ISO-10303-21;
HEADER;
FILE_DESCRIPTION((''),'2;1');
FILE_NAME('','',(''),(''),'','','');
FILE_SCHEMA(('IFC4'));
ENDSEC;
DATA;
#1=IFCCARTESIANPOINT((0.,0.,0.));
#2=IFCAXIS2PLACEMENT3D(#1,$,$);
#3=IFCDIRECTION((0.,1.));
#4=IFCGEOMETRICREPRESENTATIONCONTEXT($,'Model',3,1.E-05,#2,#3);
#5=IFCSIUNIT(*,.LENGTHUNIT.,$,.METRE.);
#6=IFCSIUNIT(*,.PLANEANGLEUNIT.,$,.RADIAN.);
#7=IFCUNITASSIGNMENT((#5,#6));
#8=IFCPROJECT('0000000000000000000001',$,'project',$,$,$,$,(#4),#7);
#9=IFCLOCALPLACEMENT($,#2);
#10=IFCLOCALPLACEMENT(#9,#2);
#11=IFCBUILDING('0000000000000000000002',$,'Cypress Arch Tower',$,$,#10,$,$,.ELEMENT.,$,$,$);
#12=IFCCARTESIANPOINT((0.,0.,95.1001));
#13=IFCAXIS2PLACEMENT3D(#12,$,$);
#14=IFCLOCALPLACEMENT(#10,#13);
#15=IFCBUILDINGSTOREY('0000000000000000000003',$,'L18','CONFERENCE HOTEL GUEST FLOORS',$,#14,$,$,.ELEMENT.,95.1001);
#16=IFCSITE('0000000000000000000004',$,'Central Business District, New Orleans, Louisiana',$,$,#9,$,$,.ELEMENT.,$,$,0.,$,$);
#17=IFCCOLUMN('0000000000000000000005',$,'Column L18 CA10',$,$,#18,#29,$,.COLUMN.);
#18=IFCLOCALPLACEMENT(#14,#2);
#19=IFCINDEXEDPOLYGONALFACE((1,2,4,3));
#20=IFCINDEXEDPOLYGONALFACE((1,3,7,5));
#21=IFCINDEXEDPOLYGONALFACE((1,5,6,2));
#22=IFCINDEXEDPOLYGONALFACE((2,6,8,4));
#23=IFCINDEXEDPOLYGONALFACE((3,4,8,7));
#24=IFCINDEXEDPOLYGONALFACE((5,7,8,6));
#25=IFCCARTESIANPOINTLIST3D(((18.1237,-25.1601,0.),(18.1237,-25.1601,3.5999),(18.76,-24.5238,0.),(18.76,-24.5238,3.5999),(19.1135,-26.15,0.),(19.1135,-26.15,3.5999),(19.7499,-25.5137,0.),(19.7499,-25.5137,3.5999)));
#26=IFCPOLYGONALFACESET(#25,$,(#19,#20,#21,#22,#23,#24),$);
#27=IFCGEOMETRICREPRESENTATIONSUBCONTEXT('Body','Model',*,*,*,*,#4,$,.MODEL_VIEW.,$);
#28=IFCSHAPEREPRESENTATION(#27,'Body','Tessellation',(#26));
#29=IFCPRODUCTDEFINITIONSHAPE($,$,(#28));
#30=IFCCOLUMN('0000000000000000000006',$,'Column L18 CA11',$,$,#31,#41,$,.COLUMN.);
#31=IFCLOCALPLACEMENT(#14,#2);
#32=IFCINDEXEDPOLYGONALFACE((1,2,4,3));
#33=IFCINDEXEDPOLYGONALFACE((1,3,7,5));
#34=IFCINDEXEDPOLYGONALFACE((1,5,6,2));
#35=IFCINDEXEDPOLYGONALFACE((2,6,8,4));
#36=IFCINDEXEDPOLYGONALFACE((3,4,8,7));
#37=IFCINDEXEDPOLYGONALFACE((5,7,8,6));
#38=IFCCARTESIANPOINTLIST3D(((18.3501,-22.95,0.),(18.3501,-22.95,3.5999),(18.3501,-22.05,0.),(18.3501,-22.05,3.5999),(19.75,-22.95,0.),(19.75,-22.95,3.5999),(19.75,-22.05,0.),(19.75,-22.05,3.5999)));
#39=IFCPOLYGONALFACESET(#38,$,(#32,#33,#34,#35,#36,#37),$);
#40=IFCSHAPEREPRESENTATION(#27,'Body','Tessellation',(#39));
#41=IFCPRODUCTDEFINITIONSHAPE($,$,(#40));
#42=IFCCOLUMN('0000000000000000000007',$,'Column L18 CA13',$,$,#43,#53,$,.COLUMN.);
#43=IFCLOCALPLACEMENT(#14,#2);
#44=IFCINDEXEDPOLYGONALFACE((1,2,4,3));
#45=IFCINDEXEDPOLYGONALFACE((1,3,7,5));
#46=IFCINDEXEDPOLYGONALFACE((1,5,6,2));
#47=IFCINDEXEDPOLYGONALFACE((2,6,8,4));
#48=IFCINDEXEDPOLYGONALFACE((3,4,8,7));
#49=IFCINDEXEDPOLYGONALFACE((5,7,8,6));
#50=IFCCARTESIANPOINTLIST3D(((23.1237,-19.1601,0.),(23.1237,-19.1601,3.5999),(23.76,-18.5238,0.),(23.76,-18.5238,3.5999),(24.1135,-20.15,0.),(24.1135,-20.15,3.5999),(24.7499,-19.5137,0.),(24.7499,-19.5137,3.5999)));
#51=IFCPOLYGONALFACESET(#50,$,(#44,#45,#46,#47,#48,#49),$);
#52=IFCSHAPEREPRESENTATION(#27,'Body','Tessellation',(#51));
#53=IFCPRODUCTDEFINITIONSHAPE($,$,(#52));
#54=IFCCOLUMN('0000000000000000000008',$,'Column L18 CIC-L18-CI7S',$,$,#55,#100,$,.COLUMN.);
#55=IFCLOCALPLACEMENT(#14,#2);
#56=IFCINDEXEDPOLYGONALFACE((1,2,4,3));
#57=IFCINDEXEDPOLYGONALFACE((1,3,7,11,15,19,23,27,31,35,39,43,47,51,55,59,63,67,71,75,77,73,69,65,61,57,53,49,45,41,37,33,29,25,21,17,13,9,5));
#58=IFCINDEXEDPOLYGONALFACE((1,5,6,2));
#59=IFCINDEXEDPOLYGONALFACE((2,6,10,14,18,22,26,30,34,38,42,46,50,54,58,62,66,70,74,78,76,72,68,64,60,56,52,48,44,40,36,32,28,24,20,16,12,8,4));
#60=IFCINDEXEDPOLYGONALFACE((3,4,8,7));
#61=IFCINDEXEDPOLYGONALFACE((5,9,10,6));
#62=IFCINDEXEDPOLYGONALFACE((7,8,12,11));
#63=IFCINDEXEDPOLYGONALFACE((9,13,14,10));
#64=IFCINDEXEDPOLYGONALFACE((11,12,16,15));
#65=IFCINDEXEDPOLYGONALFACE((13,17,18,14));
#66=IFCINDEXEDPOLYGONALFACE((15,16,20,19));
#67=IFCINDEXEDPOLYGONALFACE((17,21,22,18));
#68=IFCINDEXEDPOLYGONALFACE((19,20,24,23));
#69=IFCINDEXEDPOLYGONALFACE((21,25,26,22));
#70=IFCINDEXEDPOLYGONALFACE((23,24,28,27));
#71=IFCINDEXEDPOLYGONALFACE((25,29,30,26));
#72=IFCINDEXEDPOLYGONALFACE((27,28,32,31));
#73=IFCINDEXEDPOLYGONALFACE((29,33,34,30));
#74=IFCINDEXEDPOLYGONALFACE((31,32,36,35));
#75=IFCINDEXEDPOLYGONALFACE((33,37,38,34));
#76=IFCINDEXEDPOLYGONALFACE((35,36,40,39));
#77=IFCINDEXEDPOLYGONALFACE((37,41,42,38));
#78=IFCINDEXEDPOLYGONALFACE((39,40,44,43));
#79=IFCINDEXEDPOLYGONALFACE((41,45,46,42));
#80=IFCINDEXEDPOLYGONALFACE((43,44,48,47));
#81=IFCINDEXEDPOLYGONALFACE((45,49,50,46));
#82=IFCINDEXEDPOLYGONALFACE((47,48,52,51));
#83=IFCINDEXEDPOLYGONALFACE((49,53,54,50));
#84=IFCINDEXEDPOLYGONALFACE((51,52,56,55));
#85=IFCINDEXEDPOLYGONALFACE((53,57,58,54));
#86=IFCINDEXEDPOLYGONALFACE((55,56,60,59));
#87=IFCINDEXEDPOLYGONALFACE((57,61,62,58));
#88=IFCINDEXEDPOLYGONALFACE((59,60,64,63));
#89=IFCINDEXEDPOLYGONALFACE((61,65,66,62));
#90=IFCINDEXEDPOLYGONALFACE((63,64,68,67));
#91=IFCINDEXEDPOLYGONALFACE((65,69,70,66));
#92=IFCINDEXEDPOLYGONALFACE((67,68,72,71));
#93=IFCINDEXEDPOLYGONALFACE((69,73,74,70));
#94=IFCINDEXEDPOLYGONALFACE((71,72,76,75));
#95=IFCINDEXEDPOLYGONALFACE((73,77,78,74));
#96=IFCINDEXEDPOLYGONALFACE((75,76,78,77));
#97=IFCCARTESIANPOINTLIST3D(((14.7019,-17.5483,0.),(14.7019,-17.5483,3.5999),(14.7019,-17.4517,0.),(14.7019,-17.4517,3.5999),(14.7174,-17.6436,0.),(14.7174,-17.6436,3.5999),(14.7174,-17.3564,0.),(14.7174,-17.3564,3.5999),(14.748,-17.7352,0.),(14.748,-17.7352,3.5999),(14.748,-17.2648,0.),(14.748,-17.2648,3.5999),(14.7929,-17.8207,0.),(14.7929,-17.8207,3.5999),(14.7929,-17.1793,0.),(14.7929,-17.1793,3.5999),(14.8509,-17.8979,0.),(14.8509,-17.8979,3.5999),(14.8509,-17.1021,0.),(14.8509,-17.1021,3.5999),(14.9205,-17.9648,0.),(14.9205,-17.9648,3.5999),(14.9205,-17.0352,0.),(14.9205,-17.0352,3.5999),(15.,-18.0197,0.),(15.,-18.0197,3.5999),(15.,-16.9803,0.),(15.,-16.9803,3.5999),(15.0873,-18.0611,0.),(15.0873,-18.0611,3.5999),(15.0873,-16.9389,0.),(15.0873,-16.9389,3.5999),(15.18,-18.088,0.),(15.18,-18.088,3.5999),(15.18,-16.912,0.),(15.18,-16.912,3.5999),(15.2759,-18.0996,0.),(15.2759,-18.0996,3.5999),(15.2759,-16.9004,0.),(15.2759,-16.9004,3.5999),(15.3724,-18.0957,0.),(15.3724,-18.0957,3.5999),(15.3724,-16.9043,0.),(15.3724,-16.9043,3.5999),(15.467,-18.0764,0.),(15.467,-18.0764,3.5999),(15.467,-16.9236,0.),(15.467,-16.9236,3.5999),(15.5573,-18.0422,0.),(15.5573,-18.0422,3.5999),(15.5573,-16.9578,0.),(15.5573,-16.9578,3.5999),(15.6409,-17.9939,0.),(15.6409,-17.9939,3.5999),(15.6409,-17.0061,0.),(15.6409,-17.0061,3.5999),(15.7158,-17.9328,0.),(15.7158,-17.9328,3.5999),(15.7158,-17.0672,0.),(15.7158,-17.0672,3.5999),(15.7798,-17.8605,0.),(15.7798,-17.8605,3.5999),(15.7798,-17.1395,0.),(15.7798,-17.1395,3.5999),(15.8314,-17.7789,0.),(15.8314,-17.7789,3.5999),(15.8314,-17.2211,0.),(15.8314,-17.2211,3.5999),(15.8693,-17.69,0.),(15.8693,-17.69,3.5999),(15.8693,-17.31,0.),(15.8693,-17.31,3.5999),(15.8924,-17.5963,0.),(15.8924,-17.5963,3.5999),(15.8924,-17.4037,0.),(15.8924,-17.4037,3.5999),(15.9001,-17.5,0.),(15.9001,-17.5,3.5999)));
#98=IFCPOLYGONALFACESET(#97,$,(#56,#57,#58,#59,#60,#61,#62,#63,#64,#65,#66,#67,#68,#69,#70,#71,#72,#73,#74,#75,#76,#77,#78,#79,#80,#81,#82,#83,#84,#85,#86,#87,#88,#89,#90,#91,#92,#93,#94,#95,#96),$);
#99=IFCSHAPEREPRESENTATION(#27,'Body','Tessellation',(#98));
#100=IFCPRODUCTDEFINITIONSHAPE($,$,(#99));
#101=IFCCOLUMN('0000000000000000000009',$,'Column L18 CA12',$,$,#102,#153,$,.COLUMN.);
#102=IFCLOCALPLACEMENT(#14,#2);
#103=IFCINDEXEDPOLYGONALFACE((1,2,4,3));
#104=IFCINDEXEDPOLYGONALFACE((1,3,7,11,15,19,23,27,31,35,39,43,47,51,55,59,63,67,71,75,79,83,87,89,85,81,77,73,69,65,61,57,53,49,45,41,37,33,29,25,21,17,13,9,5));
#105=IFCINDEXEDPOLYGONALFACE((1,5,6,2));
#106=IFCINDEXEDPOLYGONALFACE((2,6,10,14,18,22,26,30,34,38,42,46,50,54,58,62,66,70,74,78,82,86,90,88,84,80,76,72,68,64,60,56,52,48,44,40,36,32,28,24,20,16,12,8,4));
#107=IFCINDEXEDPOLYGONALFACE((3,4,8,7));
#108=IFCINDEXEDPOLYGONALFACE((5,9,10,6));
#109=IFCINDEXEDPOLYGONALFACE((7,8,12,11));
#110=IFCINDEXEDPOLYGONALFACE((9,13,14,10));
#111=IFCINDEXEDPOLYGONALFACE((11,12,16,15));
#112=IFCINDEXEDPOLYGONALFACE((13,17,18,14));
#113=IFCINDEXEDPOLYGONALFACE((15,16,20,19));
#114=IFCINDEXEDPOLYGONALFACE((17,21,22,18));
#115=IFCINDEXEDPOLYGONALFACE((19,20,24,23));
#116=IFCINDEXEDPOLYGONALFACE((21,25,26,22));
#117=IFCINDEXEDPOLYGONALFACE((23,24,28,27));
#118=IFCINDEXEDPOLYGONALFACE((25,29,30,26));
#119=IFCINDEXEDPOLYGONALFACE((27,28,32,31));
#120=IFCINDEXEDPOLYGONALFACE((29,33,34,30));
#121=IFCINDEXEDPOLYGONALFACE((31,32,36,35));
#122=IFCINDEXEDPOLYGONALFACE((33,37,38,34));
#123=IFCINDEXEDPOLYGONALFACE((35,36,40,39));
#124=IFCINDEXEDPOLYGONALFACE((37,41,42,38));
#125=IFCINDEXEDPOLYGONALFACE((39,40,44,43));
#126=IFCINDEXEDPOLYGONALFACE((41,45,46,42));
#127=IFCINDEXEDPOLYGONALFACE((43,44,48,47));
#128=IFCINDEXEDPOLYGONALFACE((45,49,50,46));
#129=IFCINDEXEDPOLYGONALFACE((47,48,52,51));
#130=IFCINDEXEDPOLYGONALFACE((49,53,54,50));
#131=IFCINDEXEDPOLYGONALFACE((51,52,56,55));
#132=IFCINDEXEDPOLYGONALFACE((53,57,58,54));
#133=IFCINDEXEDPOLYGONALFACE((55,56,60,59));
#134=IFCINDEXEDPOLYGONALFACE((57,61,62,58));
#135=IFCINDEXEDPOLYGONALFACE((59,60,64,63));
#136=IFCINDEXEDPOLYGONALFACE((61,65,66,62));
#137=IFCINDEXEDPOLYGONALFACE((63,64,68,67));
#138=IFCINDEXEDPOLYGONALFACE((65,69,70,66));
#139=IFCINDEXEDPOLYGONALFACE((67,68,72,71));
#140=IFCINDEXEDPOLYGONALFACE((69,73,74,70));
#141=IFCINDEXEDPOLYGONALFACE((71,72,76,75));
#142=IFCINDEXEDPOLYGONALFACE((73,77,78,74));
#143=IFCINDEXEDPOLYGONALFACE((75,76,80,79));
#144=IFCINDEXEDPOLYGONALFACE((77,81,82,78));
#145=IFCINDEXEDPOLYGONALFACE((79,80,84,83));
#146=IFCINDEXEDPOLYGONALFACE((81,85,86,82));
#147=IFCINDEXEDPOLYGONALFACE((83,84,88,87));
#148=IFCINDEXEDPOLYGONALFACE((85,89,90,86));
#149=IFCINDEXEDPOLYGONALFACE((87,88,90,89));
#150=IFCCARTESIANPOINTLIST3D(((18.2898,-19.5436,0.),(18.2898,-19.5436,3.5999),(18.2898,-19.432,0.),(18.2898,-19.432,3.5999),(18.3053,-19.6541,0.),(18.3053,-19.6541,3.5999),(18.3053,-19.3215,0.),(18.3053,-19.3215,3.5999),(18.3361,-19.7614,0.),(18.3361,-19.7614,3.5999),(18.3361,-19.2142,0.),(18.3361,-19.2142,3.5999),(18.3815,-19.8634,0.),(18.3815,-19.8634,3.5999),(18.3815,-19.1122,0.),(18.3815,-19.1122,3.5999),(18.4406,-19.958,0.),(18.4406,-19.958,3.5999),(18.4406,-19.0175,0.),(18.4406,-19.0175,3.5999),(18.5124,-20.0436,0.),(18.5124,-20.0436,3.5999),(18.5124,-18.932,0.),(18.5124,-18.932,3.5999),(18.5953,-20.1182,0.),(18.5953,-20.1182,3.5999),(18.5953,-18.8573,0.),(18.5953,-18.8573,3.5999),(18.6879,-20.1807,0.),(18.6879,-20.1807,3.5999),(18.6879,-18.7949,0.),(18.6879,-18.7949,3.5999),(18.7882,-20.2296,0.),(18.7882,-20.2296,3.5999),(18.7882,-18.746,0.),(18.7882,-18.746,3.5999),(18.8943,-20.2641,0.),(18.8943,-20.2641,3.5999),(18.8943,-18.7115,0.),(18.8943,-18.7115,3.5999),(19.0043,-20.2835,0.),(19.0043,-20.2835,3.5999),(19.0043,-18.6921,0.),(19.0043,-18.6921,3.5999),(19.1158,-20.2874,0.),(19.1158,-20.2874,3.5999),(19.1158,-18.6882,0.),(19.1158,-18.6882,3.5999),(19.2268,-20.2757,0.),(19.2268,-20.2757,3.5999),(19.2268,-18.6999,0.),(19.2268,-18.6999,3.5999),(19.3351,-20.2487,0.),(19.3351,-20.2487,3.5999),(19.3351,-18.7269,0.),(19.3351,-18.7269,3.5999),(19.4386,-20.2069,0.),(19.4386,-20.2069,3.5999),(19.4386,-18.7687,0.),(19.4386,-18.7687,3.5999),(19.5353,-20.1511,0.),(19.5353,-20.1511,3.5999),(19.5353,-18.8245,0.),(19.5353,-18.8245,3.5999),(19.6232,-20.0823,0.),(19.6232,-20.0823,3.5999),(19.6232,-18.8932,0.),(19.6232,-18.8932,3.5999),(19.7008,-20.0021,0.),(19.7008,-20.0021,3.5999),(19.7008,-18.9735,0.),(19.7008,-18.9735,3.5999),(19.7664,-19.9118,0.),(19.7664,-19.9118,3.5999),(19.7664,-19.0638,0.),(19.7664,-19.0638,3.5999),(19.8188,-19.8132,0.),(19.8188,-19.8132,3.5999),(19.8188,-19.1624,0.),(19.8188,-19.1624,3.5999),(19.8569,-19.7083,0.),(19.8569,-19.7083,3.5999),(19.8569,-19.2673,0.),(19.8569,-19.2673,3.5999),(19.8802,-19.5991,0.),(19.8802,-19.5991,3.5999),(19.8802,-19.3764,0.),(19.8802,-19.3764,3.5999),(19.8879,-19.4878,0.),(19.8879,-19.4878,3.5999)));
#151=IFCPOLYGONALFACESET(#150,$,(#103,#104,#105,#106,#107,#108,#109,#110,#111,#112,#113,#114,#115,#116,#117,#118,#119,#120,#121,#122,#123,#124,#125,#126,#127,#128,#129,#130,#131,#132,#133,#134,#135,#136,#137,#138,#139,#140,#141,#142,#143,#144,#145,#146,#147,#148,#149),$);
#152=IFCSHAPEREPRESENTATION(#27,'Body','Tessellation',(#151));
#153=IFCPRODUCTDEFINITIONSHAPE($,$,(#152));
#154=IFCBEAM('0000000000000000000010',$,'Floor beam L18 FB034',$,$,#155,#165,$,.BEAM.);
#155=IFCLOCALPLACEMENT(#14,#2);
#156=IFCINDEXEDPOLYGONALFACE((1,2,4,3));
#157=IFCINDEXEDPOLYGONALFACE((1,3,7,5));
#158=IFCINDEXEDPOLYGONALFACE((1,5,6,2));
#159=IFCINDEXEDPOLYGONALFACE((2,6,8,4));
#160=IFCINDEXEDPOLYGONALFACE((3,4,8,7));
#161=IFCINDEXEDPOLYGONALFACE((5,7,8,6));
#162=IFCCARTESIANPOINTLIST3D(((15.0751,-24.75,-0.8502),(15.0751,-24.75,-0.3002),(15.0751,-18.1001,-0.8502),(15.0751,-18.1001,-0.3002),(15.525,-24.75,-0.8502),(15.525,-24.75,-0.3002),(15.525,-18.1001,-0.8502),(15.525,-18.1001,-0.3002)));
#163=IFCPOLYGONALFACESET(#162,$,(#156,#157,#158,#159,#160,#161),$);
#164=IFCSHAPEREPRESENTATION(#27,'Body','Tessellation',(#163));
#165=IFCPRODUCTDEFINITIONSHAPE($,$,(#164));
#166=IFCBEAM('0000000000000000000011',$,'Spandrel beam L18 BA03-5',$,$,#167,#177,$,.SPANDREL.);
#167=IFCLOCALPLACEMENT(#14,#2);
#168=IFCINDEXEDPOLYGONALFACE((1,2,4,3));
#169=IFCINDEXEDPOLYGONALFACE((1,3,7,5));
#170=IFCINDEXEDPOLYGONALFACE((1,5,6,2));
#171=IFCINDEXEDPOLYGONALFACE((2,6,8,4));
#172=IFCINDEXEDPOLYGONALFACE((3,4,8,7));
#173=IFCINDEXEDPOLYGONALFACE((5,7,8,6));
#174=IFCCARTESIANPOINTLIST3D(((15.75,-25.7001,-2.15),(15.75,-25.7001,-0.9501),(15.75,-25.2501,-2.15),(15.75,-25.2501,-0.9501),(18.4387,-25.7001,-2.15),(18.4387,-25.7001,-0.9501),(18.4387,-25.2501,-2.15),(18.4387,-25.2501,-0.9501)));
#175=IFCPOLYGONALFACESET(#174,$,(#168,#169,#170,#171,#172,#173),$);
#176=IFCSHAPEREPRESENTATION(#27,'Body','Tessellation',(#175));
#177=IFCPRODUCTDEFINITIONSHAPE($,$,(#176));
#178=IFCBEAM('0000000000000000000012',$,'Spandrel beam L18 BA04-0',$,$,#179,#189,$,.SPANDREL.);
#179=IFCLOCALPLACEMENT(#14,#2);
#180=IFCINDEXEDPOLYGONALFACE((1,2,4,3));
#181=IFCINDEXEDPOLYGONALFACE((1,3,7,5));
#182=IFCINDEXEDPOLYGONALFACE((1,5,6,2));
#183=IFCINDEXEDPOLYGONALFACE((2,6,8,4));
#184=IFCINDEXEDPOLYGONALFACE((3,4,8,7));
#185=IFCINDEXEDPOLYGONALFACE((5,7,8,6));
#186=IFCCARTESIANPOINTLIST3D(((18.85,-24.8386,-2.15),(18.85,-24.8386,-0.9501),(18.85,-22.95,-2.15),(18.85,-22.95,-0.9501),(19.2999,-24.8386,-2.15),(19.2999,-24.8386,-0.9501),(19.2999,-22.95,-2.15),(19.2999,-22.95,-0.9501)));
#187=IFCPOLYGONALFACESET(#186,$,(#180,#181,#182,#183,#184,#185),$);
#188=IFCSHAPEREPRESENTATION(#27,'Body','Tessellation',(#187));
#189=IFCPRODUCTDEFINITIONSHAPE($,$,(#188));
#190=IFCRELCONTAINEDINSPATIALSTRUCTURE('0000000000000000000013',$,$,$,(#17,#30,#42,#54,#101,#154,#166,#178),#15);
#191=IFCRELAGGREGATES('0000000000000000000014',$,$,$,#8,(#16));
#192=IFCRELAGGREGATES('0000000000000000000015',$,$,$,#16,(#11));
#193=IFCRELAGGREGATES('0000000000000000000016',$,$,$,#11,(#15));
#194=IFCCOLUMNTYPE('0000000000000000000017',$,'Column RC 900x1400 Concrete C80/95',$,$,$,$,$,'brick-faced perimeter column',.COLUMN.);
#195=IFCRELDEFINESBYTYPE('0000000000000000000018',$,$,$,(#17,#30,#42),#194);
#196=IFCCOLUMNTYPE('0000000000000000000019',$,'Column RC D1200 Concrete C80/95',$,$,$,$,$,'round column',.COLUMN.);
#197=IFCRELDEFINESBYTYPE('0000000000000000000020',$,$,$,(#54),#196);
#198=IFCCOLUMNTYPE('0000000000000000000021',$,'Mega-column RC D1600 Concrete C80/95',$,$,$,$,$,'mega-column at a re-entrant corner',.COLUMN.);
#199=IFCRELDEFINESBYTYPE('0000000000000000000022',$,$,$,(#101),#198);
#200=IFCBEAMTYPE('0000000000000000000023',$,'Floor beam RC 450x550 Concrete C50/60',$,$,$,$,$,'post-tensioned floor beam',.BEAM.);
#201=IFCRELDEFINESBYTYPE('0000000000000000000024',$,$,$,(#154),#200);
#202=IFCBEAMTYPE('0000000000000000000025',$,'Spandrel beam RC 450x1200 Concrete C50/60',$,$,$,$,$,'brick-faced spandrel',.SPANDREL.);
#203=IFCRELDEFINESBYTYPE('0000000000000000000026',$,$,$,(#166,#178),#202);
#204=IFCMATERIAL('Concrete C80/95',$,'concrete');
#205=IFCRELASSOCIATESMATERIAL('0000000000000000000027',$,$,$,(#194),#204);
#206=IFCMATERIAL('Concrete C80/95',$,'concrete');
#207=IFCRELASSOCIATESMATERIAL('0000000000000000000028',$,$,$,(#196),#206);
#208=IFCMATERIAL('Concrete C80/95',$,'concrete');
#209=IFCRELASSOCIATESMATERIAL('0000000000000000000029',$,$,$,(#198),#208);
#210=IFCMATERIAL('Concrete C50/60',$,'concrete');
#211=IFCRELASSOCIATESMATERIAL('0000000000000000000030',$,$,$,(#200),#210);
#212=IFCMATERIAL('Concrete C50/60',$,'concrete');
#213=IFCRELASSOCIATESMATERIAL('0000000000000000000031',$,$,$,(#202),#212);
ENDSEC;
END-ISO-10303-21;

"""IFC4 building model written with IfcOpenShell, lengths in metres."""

from ifc_helpers import new_model, si_unit, direction, frame, origin, origin_2d, place, context, subcontext, project, spatial, rectangle, circle, extrude, material, material_profile, profile_set, type_object, element, save


model = new_model("IFC4")

# Units and contexts
model_context = context("Model", 3, precision=1e-05, world=origin(), true_north=direction((0.0, 1.0)))
body_context = subcontext(model_context, "Body", "Model", "MODEL_VIEW")
ifc_project = project(units=[si_unit("LENGTHUNIT", "METRE"), si_unit("PLANEANGLEUNIT", "RADIAN")], contexts=[model_context])

# Site, building, storey
site_placement = place(None, origin())
site = spatial("IfcSite", under=ifc_project, at=site_placement, Name="Central Business District, New Orleans, Louisiana", CompositionType="ELEMENT", RefElevation=0.0)
building_placement = place(site_placement, origin())
building = spatial("IfcBuilding", under=site, at=building_placement, Name="Cypress Arch Tower", CompositionType="ELEMENT")
storey_placement = place(building_placement, frame((0.0, 0.0, 95.1001)))
storey = spatial("IfcBuildingStorey", under=building, at=storey_placement, Name="L18", Description="CONFERENCE HOTEL GUEST FLOORS", CompositionType="ELEMENT", Elevation=95.1001)

# Columns
ifc_material_1 = material(Name="Concrete C80/95", Category="concrete")
ifc_material_profile_1 = material_profile(ifc_material_1, rectangle(XDim=0.8999, YDim=1.3999, at=origin_2d()), Name="RC 900x1400")
ifc_profile_set_1 = profile_set([ifc_material_profile_1], Name="Concrete C80/95")
column_type_1 = type_object("IfcColumnType", Name="Column RC 900x1400 Concrete C80/95", ElementType="brick-faced perimeter column", PredefinedType="COLUMN", material=ifc_profile_set_1)
for number, where, z_axis, x_axis, name in (
    (1, (18.9368, -25.3369, 0.0), (0.0, 0.0, 1.0), (0.707107, 0.707107, 0.0), "Column L18 CA10"),
    (2, (19.05, -22.5, 0.0), (0.0, 0.0, 1.0), (0.0, 1.0, 0.0), "Column L18 CA11"),
    (3, (23.9368, -19.3369, 0.0), (0.0, 0.0, 1.0), (0.707107, 0.707107, 0.0), "Column L18 CA13"),
):
    element("IfcColumn", number, at=place(storey_placement, frame(where, z_axis=z_axis, x_axis=x_axis)), inside=storey, type_object=column_type_1, Name=name, PredefinedType="COLUMN", context=body_context, shape_type="SweptSolid", body=[
        extrude(rectangle(XDim=0.8999, YDim=1.3999, at=origin_2d()), origin(), (0.0, 0.0, 1.0), 3.5999),
    ])
ifc_material_2 = material(Name="Concrete C80/95", Category="concrete")
ifc_material_profile_2 = material_profile(ifc_material_2, circle(Radius=0.6001, at=origin_2d()), Name="RC D1200")
ifc_profile_set_2 = profile_set([ifc_material_profile_2], Name="Concrete C80/95")
column_type_2 = type_object("IfcColumnType", Name="Column RC D1200 Concrete C80/95", ElementType="round column", PredefinedType="COLUMN", material=ifc_profile_set_2)
column_1_placement = place(storey_placement, frame((15.3, -17.5, 0.0), z_axis=(0.0, 0.0, 1.0), x_axis=(1.0, 0.0, 0.0)))
element("IfcColumn", 4, at=column_1_placement, inside=storey, type_object=column_type_2, Name="Column L18 CIC-L18-CI7S", PredefinedType="COLUMN", context=body_context, shape_type="SweptSolid", body=[
    extrude(circle(Radius=0.6001, at=origin_2d()), origin(), (0.0, 0.0, 1.0), 3.5999),
])
ifc_material_3 = material(Name="Concrete C80/95", Category="concrete")
ifc_material_profile_3 = material_profile(ifc_material_3, circle(Radius=0.8, at=origin_2d()), Name="RC D1600")
ifc_profile_set_3 = profile_set([ifc_material_profile_3], Name="Concrete C80/95")
column_type_3 = type_object("IfcColumnType", Name="Mega-column RC D1600 Concrete C80/95", ElementType="mega-column at a re-entrant corner", PredefinedType="COLUMN", material=ifc_profile_set_3)
column_2_placement = place(storey_placement, frame((19.0879, -19.4878, 0.0), z_axis=(0.0, 0.0, 1.0), x_axis=(1.0, 0.0, 0.0)))
element("IfcColumn", 5, at=column_2_placement, inside=storey, type_object=column_type_3, Name="Column L18 CA12", PredefinedType="COLUMN", context=body_context, shape_type="SweptSolid", body=[
    extrude(circle(Radius=0.8, at=origin_2d()), origin(), (0.0, 0.0, 1.0), 3.5999),
])

# Beams
ifc_material_4 = material(Name="Concrete C50/60", Category="concrete")
ifc_material_profile_4 = material_profile(ifc_material_4, rectangle(XDim=0.45, YDim=0.55, at=origin_2d()), Name="RC 450x550")
ifc_profile_set_4 = profile_set([ifc_material_profile_4], Name="Concrete C50/60")
beam_type_1 = type_object("IfcBeamType", Name="Floor beam RC 450x550 Concrete C50/60", ElementType="post-tensioned floor beam", PredefinedType="BEAM", material=ifc_profile_set_4)
beam_1_placement = place(storey_placement, frame((15.3, -24.75, -0.5752), z_axis=(0.0, 1.0, 0.0), x_axis=(-1.0, 0.0, 0.0)))
element("IfcBeam", 6, at=beam_1_placement, inside=storey, type_object=beam_type_1, Name="Floor beam L18 FB034", PredefinedType="BEAM", context=body_context, shape_type="SweptSolid", body=[
    extrude(rectangle(XDim=0.45, YDim=0.55, at=origin_2d()), origin(), (0.0, 0.0, 1.0), 6.6499),
])
ifc_material_5 = material(Name="Concrete C50/60", Category="concrete")
ifc_material_profile_5 = material_profile(ifc_material_5, rectangle(XDim=0.45, YDim=1.2, at=origin_2d()), Name="RC 450x1200")
ifc_profile_set_5 = profile_set([ifc_material_profile_5], Name="Concrete C50/60")
beam_type_2 = type_object("IfcBeamType", Name="Spandrel beam RC 450x1200 Concrete C50/60", ElementType="brick-faced spandrel", PredefinedType="SPANDREL", material=ifc_profile_set_5)
beam_2_placement = place(storey_placement, frame((15.75, -25.4751, -1.55), z_axis=(1.0, 0.0, 0.0), x_axis=(0.0, 1.0, 0.0)))
element("IfcBeam", 7, at=beam_2_placement, inside=storey, type_object=beam_type_2, Name="Spandrel beam L18 BA03-5", PredefinedType="SPANDREL", context=body_context, shape_type="SweptSolid", body=[
    extrude(rectangle(XDim=0.45, YDim=1.2, at=origin_2d()), origin(), (0.0, 0.0, 1.0), 2.6887),
])
beam_3_placement = place(storey_placement, frame((19.075, -24.8386, -1.55), z_axis=(0.0, 1.0, 0.0), x_axis=(-1.0, 0.0, 0.0)))
element("IfcBeam", 8, at=beam_3_placement, inside=storey, type_object=beam_type_2, Name="Spandrel beam L18 BA04-0", PredefinedType="SPANDREL", context=body_context, shape_type="SweptSolid", body=[
    extrude(rectangle(XDim=0.45, YDim=1.2, at=origin_2d()), origin(), (0.0, 0.0, 1.0), 1.8887),
])

save(model, "model.ifc")
